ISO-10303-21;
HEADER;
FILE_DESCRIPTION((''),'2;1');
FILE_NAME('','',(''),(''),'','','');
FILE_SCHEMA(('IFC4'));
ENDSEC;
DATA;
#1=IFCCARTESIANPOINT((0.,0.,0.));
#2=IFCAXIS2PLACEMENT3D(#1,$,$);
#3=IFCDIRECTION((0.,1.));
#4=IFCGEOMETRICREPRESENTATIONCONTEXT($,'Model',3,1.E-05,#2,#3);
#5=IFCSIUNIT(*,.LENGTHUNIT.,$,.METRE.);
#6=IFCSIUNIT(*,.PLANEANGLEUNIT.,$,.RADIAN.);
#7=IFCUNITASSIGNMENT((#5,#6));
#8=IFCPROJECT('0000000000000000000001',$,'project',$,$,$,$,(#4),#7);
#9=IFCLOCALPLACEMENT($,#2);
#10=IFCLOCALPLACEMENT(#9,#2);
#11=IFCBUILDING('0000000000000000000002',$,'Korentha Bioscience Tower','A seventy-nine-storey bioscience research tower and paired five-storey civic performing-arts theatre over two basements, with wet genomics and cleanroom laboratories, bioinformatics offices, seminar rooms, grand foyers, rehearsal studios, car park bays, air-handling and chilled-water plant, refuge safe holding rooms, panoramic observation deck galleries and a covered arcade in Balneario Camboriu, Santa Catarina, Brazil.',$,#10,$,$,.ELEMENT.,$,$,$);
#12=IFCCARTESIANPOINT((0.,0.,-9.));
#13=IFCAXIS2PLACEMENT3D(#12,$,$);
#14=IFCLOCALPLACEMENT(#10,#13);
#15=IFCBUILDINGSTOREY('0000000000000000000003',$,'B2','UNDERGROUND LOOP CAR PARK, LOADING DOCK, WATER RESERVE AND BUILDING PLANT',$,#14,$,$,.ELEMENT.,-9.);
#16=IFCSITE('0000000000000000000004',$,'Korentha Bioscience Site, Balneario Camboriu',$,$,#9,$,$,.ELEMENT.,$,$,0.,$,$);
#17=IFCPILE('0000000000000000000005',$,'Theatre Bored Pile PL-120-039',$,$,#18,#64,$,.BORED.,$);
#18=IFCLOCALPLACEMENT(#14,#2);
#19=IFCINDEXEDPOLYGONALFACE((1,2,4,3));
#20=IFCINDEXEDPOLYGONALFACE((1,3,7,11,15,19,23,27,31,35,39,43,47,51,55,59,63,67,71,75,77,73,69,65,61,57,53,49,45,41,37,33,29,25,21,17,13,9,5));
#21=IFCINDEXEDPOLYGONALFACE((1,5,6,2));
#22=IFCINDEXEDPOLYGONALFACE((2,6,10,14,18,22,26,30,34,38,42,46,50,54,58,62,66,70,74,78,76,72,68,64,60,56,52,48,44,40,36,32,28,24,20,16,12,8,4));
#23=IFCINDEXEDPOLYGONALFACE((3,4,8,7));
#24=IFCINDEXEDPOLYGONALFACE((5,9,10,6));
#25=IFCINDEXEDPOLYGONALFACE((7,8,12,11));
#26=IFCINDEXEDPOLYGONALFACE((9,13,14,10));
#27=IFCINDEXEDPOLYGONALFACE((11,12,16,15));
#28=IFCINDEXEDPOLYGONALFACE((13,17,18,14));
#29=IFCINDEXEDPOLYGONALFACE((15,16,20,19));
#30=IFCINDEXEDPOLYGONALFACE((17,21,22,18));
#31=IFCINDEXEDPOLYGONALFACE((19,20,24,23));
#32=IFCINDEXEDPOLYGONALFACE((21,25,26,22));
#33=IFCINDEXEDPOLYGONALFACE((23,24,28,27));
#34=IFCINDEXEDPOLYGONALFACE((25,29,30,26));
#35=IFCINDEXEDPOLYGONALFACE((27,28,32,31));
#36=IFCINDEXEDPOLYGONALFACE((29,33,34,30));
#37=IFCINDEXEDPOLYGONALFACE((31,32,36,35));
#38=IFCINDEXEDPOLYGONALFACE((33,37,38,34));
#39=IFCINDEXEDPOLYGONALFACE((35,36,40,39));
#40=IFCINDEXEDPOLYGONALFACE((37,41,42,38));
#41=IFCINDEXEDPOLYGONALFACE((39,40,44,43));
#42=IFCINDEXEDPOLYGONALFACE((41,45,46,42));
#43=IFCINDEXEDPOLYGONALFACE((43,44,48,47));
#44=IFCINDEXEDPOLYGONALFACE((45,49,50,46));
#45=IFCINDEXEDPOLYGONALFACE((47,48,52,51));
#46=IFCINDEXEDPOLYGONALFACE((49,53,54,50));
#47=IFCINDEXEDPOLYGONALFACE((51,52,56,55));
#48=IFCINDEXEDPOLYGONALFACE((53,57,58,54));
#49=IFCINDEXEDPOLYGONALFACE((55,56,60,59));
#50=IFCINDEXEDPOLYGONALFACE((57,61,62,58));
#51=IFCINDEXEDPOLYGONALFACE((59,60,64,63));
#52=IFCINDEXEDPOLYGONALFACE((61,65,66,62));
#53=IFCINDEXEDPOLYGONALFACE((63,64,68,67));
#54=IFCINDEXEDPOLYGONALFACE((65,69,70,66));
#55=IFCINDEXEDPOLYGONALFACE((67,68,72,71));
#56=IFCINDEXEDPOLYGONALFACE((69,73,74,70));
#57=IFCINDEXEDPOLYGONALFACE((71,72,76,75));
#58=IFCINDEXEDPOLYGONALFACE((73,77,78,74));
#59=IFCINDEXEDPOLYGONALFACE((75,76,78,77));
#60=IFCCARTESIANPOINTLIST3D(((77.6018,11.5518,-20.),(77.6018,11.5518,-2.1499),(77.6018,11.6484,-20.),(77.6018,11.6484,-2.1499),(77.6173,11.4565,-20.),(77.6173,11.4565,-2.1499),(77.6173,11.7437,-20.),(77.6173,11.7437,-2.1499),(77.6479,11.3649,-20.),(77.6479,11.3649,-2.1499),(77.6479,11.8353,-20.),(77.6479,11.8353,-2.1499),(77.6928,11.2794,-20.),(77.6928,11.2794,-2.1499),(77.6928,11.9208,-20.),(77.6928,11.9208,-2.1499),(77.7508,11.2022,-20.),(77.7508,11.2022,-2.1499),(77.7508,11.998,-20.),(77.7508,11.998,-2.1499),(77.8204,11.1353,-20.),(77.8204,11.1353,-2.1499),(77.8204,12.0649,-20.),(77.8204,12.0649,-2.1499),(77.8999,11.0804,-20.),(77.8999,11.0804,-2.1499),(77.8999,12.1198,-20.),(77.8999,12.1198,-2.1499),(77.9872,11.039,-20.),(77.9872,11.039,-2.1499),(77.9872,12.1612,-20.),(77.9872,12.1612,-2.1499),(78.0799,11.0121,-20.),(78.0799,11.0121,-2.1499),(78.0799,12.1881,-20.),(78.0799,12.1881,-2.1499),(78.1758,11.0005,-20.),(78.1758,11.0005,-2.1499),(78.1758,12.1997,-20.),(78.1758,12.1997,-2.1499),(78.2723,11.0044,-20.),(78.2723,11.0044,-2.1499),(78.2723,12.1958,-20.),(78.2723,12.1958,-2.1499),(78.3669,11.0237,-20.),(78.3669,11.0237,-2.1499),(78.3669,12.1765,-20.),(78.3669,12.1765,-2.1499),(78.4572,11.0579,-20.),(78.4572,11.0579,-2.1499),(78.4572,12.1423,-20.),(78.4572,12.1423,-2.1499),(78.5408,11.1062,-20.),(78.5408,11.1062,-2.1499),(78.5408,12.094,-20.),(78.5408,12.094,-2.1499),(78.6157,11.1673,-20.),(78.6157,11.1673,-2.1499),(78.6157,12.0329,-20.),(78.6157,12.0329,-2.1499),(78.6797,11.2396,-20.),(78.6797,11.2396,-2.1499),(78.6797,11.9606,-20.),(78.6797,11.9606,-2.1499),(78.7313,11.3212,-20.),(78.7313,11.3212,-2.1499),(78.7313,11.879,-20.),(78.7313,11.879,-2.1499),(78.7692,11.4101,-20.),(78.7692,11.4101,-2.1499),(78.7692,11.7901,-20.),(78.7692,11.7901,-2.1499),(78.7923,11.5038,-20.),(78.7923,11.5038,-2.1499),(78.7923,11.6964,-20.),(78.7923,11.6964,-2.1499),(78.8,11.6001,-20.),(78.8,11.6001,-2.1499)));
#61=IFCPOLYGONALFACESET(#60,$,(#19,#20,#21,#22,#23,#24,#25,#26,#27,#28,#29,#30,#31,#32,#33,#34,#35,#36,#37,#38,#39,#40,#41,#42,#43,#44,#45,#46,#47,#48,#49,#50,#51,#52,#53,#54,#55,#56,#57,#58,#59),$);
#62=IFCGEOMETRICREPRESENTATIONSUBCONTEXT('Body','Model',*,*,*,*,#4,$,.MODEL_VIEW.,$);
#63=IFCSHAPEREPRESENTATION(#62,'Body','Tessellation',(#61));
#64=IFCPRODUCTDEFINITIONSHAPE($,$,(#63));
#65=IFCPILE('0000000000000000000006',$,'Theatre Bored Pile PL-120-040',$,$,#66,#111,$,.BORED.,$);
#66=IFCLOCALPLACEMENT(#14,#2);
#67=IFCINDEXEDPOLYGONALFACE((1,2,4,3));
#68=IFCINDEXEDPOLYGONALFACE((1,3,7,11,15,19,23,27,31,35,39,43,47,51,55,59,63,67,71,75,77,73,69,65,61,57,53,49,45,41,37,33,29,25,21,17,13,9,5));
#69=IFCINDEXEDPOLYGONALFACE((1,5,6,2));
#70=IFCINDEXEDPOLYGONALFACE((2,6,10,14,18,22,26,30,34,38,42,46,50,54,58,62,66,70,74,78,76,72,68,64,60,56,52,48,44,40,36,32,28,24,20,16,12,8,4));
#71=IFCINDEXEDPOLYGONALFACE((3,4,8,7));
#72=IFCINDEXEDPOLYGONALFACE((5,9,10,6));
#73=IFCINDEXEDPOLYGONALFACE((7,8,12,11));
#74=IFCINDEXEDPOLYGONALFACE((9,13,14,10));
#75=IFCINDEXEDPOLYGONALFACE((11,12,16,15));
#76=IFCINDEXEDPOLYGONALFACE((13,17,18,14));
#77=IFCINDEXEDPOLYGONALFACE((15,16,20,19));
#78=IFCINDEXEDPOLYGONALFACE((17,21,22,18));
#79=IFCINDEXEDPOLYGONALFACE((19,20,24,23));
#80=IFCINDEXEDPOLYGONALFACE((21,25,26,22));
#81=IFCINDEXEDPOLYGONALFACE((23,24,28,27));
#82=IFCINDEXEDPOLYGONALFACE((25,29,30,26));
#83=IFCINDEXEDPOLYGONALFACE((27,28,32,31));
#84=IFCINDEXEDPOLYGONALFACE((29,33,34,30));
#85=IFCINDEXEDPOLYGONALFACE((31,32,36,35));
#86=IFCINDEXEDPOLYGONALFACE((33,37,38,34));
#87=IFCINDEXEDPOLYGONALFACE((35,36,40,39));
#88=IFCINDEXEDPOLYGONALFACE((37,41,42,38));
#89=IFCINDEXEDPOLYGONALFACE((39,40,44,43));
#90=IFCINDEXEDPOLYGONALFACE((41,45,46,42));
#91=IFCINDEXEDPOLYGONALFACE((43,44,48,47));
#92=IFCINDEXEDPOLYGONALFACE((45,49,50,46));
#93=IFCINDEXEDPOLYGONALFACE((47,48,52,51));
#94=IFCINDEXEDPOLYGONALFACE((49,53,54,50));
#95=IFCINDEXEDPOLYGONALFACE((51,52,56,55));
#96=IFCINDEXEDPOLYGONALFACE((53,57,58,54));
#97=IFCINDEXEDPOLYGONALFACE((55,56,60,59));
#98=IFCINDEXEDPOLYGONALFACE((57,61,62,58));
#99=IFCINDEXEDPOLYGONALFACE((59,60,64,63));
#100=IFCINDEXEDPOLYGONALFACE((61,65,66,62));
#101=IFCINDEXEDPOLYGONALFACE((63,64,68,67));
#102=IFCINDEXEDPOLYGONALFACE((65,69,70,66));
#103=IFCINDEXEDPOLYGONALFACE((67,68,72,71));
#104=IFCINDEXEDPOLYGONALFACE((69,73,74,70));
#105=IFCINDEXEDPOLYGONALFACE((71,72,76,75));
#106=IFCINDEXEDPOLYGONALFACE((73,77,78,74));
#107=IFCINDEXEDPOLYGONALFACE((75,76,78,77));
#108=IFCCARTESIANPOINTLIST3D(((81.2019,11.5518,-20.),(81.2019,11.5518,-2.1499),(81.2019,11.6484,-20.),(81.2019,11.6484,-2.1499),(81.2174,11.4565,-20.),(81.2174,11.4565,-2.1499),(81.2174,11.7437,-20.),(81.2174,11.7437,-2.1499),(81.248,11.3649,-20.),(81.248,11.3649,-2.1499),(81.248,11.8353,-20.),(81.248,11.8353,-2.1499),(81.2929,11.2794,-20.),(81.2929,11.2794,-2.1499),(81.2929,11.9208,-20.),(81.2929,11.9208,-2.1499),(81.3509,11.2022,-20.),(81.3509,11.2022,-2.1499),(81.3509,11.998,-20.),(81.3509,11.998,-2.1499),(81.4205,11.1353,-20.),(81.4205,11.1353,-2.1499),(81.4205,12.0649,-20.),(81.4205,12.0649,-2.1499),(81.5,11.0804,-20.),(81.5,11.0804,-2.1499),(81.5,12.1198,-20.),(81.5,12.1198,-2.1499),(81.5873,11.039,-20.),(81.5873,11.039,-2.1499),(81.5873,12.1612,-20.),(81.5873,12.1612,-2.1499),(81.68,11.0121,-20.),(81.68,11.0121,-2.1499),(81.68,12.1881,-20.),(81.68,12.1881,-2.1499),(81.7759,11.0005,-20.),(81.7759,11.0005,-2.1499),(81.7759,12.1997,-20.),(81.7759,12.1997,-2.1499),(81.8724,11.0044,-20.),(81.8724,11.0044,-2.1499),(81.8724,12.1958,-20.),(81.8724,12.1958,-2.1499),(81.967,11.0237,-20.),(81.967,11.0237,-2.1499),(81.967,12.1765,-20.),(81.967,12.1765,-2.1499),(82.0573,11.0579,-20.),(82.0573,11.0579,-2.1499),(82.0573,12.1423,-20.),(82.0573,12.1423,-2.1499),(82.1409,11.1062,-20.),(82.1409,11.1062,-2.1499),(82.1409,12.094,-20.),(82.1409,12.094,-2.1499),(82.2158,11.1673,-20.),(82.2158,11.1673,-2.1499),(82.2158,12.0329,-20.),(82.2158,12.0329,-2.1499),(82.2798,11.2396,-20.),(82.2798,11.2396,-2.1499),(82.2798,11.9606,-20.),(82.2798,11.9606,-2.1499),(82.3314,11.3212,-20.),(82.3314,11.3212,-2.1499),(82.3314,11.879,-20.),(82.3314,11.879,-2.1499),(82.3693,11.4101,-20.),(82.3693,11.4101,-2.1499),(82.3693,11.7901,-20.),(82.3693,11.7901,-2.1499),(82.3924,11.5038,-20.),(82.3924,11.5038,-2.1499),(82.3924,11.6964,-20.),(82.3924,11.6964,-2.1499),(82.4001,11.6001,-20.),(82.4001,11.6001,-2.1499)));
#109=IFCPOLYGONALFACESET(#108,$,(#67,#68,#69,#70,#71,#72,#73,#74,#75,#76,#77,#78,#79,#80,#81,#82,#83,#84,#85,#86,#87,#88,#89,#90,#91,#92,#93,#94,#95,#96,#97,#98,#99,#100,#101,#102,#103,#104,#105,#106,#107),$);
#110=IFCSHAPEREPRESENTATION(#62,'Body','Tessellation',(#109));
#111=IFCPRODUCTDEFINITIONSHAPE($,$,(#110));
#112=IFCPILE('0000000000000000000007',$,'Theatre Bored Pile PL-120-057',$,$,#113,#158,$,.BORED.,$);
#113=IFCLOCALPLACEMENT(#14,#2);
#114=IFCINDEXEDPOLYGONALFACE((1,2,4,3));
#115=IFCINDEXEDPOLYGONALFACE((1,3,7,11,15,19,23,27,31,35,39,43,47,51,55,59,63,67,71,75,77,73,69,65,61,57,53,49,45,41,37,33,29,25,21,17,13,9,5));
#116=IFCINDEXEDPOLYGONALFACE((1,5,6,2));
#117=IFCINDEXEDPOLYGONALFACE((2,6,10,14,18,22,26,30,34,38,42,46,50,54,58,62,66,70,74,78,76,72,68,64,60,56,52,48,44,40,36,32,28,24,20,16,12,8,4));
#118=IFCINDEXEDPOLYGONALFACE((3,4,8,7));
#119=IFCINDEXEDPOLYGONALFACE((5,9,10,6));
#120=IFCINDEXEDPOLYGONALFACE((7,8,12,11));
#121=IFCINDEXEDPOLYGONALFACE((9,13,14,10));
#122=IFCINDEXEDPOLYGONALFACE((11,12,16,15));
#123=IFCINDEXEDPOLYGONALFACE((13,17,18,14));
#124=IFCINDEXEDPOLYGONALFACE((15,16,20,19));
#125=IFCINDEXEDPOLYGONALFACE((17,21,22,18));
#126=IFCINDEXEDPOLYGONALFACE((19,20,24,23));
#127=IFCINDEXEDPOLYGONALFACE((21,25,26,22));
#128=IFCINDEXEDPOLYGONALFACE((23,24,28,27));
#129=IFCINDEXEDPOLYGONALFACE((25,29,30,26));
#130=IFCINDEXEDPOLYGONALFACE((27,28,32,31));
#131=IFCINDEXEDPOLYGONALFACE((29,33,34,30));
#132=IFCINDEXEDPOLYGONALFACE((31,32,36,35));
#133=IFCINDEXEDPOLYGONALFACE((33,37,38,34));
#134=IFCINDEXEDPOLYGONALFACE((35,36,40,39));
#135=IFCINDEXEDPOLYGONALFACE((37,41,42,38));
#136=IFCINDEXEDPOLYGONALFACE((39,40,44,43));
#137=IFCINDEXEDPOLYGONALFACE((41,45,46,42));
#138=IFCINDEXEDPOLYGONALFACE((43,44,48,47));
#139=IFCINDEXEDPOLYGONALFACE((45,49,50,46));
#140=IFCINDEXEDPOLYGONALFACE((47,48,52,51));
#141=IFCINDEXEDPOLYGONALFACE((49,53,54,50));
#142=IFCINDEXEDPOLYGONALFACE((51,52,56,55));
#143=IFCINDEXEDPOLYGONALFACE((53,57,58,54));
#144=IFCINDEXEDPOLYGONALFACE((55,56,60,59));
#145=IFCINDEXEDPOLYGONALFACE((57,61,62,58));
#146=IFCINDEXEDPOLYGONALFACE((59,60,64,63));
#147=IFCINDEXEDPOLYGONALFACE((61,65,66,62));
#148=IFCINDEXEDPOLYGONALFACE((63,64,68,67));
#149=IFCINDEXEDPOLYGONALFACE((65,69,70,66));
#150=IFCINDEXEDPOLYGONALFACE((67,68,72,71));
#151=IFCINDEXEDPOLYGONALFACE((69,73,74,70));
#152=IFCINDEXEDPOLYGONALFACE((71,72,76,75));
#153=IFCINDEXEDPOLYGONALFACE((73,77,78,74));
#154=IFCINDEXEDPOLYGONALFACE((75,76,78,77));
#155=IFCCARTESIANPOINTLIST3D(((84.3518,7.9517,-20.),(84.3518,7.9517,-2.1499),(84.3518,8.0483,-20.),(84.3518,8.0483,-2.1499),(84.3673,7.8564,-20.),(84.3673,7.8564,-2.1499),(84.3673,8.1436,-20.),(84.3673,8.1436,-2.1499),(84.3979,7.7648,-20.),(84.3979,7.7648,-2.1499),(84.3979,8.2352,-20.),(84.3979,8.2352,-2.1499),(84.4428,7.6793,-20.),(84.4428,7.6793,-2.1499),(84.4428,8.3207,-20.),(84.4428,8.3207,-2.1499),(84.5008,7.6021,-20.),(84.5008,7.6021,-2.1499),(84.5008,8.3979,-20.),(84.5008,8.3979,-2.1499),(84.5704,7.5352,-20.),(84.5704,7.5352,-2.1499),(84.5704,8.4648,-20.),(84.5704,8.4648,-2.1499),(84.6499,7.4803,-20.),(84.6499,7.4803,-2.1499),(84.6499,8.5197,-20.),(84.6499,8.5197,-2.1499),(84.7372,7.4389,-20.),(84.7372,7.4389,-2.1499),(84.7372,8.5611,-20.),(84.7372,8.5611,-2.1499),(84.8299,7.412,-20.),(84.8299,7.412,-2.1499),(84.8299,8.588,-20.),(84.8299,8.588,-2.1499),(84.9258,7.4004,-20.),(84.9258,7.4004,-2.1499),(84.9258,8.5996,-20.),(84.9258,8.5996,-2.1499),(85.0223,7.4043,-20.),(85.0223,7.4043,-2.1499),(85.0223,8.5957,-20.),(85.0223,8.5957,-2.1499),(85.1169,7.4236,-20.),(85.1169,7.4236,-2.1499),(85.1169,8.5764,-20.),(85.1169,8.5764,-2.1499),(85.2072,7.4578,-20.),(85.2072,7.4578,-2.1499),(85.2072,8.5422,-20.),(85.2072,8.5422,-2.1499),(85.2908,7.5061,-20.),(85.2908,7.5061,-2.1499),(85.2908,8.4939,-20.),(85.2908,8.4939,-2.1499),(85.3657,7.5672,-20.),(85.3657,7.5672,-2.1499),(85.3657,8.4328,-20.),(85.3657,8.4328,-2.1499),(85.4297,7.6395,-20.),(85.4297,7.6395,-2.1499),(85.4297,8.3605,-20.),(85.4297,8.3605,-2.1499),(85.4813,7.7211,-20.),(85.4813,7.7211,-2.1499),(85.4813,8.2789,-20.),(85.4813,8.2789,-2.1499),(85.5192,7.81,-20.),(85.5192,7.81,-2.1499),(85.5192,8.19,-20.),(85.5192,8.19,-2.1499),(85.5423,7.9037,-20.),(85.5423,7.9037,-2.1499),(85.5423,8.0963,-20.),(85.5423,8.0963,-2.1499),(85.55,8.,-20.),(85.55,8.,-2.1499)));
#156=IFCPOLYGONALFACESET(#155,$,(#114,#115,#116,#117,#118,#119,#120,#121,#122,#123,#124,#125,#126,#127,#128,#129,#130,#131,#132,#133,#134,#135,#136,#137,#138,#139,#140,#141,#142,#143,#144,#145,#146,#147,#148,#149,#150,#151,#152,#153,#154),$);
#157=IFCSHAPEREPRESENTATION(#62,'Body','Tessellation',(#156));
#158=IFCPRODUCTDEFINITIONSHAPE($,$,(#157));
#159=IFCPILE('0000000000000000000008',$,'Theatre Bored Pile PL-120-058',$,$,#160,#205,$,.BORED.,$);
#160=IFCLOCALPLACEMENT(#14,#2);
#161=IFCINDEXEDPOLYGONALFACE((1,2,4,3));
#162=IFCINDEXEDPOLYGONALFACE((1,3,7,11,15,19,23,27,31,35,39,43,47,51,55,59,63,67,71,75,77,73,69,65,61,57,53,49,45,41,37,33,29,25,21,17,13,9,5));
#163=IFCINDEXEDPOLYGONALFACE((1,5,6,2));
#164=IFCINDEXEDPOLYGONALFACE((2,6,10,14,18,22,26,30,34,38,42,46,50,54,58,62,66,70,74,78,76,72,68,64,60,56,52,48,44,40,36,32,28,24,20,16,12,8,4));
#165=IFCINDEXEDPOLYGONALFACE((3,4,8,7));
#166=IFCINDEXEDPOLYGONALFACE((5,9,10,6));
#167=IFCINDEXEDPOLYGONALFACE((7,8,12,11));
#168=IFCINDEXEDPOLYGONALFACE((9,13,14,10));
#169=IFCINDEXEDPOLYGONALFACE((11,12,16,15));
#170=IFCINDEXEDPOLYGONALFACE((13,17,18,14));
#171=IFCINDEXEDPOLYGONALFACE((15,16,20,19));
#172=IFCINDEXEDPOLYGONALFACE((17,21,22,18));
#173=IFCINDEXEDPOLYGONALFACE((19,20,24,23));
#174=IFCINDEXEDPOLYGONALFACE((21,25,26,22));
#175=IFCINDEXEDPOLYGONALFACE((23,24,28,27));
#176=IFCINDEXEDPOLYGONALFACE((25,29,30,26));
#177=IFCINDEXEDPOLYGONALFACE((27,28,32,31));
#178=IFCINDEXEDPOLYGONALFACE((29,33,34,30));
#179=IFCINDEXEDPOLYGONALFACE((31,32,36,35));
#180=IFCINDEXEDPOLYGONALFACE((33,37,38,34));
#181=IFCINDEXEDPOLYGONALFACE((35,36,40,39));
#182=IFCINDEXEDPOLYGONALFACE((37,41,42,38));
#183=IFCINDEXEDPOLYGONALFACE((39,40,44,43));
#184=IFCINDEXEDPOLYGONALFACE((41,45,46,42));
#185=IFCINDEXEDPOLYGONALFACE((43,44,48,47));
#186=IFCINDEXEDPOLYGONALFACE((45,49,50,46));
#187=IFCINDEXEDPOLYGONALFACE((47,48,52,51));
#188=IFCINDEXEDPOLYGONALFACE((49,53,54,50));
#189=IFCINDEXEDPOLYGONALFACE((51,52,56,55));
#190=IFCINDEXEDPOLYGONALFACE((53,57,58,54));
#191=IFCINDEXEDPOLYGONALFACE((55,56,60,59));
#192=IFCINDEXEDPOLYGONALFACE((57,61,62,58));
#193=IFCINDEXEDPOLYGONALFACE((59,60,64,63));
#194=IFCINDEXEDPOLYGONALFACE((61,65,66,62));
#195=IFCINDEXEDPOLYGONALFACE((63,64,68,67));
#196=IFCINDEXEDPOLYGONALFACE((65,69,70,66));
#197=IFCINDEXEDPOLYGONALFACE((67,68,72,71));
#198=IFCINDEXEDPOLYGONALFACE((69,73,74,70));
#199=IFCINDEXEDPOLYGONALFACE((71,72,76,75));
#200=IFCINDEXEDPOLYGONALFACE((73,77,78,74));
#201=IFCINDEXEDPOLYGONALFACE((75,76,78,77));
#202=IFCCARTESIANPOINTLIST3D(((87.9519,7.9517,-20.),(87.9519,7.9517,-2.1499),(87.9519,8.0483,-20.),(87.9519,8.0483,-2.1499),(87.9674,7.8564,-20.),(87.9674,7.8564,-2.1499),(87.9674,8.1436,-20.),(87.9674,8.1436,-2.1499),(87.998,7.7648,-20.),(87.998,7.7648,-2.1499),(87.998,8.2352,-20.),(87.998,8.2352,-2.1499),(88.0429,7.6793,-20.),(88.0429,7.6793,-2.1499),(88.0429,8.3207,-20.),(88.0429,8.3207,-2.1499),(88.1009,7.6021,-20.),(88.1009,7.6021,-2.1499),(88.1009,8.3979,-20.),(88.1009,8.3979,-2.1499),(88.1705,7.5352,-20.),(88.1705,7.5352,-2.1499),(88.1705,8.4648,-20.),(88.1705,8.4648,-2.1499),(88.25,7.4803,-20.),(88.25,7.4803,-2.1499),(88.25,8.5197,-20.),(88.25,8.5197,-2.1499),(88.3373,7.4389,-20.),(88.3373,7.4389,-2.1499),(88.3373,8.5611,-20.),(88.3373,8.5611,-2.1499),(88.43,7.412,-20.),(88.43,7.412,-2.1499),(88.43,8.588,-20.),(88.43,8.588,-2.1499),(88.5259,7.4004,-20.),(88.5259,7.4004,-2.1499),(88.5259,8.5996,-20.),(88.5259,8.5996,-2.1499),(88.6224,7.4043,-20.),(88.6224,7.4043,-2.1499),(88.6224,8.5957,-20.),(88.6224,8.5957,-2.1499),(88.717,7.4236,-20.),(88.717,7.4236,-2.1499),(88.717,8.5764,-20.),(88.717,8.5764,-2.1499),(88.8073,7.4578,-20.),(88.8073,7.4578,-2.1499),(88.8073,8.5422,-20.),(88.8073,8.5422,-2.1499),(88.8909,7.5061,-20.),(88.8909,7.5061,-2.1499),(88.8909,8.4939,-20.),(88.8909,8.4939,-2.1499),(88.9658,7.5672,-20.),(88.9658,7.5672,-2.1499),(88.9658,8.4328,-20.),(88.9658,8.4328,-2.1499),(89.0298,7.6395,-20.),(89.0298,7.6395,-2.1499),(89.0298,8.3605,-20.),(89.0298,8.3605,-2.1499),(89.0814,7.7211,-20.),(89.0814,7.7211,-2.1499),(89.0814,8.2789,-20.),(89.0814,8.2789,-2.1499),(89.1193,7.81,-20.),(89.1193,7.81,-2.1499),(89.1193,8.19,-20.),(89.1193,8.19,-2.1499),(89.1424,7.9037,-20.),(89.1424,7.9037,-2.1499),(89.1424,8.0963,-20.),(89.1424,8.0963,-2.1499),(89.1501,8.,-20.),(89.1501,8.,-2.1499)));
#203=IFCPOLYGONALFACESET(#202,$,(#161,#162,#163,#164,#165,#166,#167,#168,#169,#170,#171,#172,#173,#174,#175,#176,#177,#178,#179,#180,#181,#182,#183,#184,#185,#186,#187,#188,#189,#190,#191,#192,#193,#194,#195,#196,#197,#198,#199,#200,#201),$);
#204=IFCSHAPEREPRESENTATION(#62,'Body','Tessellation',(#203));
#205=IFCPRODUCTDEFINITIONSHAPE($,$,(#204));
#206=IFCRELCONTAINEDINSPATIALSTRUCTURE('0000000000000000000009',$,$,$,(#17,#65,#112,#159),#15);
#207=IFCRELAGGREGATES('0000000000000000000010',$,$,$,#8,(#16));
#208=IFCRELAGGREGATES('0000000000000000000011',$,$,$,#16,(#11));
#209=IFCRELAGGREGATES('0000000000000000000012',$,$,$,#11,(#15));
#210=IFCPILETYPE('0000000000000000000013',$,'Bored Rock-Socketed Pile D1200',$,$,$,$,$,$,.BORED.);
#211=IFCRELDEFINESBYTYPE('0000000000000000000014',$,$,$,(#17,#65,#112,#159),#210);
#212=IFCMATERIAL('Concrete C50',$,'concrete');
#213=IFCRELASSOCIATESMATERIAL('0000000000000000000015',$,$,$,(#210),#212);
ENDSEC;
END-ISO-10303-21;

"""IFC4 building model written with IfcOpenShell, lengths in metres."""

from ifc_helpers import new_model, si_unit, direction, frame, origin, origin_2d, place, context, subcontext, project, spatial, circle, extrude, material, material_profile, profile_set, type_object, element, save


model = new_model("IFC4")

# Units and contexts
model_context = context("Model", 3, precision=1e-05, world=origin(), true_north=direction((0.0, 1.0)))
body_context = subcontext(model_context, "Body", "Model", "MODEL_VIEW")
ifc_project = project(units=[si_unit("LENGTHUNIT", "METRE"), si_unit("PLANEANGLEUNIT", "RADIAN")], contexts=[model_context])

# Site, building, storey
site_placement = place(None, origin())
site = spatial("IfcSite", under=ifc_project, at=site_placement, Name="Korentha Bioscience Site, Balneario Camboriu", CompositionType="ELEMENT", RefElevation=0.0)
building_placement = place(site_placement, origin())
building = spatial("IfcBuilding", under=site, at=building_placement, Name="Korentha Bioscience Tower", Description="A seventy-nine-storey bioscience research tower and paired five-storey civic performing-arts theatre over two basements, with wet genomics and cleanroom laboratories, bioinformatics offices, seminar rooms, grand foyers, rehearsal studios, car park bays, air-handling and chilled-water plant, refuge safe holding rooms, panoramic observation deck galleries and a covered arcade in Balneario Camboriu, Santa Catarina, Brazil.", CompositionType="ELEMENT")
storey_placement = place(building_placement, frame((0.0, 0.0, -9.0)))
storey = spatial("IfcBuildingStorey", under=building, at=storey_placement, Name="B2", Description="UNDERGROUND LOOP CAR PARK, LOADING DOCK, WATER RESERVE AND BUILDING PLANT", CompositionType="ELEMENT", Elevation=-9.0)

# Piles
ifc_material_1 = material(Name="Concrete C50", Category="concrete")
ifc_material_profile_1 = material_profile(ifc_material_1, circle(Radius=0.6001, at=origin_2d()), Name="Concrete C50")
ifc_profile_set_1 = profile_set([ifc_material_profile_1], Name="Concrete C50 (PL-120)")
pile_type = type_object("IfcPileType", Name="Bored Rock-Socketed Pile D1200", PredefinedType="BORED", material=ifc_profile_set_1)
for number, where, z_axis, x_axis, name in (
    (1, (78.2, 11.6001, -2.1499), (0.0, 0.0, -1.0), (1.0, 0.0, 0.0), "Theatre Bored Pile PL-120-039"),
    (2, (81.8, 11.6001, -2.1499), (0.0, 0.0, -1.0), (1.0, 0.0, 0.0), "Theatre Bored Pile PL-120-040"),
    (3, (84.95, 8.0, -2.1499), (0.0, 0.0, -1.0), (1.0, 0.0, 0.0), "Theatre Bored Pile PL-120-057"),
    (4, (88.55, 8.0, -2.1499), (0.0, 0.0, -1.0), (1.0, 0.0, 0.0), "Theatre Bored Pile PL-120-058"),
):
    element("IfcPile", number, at=place(storey_placement, frame(where, z_axis=z_axis, x_axis=x_axis)), inside=storey, type_object=pile_type, Name=name, PredefinedType="BORED", context=body_context, shape_type="SweptSolid", body=[
        extrude(circle(Radius=0.6001, at=origin_2d()), origin(), (0.0, 0.0, 1.0), 17.8501),
    ])

save(model, "model.ifc")
